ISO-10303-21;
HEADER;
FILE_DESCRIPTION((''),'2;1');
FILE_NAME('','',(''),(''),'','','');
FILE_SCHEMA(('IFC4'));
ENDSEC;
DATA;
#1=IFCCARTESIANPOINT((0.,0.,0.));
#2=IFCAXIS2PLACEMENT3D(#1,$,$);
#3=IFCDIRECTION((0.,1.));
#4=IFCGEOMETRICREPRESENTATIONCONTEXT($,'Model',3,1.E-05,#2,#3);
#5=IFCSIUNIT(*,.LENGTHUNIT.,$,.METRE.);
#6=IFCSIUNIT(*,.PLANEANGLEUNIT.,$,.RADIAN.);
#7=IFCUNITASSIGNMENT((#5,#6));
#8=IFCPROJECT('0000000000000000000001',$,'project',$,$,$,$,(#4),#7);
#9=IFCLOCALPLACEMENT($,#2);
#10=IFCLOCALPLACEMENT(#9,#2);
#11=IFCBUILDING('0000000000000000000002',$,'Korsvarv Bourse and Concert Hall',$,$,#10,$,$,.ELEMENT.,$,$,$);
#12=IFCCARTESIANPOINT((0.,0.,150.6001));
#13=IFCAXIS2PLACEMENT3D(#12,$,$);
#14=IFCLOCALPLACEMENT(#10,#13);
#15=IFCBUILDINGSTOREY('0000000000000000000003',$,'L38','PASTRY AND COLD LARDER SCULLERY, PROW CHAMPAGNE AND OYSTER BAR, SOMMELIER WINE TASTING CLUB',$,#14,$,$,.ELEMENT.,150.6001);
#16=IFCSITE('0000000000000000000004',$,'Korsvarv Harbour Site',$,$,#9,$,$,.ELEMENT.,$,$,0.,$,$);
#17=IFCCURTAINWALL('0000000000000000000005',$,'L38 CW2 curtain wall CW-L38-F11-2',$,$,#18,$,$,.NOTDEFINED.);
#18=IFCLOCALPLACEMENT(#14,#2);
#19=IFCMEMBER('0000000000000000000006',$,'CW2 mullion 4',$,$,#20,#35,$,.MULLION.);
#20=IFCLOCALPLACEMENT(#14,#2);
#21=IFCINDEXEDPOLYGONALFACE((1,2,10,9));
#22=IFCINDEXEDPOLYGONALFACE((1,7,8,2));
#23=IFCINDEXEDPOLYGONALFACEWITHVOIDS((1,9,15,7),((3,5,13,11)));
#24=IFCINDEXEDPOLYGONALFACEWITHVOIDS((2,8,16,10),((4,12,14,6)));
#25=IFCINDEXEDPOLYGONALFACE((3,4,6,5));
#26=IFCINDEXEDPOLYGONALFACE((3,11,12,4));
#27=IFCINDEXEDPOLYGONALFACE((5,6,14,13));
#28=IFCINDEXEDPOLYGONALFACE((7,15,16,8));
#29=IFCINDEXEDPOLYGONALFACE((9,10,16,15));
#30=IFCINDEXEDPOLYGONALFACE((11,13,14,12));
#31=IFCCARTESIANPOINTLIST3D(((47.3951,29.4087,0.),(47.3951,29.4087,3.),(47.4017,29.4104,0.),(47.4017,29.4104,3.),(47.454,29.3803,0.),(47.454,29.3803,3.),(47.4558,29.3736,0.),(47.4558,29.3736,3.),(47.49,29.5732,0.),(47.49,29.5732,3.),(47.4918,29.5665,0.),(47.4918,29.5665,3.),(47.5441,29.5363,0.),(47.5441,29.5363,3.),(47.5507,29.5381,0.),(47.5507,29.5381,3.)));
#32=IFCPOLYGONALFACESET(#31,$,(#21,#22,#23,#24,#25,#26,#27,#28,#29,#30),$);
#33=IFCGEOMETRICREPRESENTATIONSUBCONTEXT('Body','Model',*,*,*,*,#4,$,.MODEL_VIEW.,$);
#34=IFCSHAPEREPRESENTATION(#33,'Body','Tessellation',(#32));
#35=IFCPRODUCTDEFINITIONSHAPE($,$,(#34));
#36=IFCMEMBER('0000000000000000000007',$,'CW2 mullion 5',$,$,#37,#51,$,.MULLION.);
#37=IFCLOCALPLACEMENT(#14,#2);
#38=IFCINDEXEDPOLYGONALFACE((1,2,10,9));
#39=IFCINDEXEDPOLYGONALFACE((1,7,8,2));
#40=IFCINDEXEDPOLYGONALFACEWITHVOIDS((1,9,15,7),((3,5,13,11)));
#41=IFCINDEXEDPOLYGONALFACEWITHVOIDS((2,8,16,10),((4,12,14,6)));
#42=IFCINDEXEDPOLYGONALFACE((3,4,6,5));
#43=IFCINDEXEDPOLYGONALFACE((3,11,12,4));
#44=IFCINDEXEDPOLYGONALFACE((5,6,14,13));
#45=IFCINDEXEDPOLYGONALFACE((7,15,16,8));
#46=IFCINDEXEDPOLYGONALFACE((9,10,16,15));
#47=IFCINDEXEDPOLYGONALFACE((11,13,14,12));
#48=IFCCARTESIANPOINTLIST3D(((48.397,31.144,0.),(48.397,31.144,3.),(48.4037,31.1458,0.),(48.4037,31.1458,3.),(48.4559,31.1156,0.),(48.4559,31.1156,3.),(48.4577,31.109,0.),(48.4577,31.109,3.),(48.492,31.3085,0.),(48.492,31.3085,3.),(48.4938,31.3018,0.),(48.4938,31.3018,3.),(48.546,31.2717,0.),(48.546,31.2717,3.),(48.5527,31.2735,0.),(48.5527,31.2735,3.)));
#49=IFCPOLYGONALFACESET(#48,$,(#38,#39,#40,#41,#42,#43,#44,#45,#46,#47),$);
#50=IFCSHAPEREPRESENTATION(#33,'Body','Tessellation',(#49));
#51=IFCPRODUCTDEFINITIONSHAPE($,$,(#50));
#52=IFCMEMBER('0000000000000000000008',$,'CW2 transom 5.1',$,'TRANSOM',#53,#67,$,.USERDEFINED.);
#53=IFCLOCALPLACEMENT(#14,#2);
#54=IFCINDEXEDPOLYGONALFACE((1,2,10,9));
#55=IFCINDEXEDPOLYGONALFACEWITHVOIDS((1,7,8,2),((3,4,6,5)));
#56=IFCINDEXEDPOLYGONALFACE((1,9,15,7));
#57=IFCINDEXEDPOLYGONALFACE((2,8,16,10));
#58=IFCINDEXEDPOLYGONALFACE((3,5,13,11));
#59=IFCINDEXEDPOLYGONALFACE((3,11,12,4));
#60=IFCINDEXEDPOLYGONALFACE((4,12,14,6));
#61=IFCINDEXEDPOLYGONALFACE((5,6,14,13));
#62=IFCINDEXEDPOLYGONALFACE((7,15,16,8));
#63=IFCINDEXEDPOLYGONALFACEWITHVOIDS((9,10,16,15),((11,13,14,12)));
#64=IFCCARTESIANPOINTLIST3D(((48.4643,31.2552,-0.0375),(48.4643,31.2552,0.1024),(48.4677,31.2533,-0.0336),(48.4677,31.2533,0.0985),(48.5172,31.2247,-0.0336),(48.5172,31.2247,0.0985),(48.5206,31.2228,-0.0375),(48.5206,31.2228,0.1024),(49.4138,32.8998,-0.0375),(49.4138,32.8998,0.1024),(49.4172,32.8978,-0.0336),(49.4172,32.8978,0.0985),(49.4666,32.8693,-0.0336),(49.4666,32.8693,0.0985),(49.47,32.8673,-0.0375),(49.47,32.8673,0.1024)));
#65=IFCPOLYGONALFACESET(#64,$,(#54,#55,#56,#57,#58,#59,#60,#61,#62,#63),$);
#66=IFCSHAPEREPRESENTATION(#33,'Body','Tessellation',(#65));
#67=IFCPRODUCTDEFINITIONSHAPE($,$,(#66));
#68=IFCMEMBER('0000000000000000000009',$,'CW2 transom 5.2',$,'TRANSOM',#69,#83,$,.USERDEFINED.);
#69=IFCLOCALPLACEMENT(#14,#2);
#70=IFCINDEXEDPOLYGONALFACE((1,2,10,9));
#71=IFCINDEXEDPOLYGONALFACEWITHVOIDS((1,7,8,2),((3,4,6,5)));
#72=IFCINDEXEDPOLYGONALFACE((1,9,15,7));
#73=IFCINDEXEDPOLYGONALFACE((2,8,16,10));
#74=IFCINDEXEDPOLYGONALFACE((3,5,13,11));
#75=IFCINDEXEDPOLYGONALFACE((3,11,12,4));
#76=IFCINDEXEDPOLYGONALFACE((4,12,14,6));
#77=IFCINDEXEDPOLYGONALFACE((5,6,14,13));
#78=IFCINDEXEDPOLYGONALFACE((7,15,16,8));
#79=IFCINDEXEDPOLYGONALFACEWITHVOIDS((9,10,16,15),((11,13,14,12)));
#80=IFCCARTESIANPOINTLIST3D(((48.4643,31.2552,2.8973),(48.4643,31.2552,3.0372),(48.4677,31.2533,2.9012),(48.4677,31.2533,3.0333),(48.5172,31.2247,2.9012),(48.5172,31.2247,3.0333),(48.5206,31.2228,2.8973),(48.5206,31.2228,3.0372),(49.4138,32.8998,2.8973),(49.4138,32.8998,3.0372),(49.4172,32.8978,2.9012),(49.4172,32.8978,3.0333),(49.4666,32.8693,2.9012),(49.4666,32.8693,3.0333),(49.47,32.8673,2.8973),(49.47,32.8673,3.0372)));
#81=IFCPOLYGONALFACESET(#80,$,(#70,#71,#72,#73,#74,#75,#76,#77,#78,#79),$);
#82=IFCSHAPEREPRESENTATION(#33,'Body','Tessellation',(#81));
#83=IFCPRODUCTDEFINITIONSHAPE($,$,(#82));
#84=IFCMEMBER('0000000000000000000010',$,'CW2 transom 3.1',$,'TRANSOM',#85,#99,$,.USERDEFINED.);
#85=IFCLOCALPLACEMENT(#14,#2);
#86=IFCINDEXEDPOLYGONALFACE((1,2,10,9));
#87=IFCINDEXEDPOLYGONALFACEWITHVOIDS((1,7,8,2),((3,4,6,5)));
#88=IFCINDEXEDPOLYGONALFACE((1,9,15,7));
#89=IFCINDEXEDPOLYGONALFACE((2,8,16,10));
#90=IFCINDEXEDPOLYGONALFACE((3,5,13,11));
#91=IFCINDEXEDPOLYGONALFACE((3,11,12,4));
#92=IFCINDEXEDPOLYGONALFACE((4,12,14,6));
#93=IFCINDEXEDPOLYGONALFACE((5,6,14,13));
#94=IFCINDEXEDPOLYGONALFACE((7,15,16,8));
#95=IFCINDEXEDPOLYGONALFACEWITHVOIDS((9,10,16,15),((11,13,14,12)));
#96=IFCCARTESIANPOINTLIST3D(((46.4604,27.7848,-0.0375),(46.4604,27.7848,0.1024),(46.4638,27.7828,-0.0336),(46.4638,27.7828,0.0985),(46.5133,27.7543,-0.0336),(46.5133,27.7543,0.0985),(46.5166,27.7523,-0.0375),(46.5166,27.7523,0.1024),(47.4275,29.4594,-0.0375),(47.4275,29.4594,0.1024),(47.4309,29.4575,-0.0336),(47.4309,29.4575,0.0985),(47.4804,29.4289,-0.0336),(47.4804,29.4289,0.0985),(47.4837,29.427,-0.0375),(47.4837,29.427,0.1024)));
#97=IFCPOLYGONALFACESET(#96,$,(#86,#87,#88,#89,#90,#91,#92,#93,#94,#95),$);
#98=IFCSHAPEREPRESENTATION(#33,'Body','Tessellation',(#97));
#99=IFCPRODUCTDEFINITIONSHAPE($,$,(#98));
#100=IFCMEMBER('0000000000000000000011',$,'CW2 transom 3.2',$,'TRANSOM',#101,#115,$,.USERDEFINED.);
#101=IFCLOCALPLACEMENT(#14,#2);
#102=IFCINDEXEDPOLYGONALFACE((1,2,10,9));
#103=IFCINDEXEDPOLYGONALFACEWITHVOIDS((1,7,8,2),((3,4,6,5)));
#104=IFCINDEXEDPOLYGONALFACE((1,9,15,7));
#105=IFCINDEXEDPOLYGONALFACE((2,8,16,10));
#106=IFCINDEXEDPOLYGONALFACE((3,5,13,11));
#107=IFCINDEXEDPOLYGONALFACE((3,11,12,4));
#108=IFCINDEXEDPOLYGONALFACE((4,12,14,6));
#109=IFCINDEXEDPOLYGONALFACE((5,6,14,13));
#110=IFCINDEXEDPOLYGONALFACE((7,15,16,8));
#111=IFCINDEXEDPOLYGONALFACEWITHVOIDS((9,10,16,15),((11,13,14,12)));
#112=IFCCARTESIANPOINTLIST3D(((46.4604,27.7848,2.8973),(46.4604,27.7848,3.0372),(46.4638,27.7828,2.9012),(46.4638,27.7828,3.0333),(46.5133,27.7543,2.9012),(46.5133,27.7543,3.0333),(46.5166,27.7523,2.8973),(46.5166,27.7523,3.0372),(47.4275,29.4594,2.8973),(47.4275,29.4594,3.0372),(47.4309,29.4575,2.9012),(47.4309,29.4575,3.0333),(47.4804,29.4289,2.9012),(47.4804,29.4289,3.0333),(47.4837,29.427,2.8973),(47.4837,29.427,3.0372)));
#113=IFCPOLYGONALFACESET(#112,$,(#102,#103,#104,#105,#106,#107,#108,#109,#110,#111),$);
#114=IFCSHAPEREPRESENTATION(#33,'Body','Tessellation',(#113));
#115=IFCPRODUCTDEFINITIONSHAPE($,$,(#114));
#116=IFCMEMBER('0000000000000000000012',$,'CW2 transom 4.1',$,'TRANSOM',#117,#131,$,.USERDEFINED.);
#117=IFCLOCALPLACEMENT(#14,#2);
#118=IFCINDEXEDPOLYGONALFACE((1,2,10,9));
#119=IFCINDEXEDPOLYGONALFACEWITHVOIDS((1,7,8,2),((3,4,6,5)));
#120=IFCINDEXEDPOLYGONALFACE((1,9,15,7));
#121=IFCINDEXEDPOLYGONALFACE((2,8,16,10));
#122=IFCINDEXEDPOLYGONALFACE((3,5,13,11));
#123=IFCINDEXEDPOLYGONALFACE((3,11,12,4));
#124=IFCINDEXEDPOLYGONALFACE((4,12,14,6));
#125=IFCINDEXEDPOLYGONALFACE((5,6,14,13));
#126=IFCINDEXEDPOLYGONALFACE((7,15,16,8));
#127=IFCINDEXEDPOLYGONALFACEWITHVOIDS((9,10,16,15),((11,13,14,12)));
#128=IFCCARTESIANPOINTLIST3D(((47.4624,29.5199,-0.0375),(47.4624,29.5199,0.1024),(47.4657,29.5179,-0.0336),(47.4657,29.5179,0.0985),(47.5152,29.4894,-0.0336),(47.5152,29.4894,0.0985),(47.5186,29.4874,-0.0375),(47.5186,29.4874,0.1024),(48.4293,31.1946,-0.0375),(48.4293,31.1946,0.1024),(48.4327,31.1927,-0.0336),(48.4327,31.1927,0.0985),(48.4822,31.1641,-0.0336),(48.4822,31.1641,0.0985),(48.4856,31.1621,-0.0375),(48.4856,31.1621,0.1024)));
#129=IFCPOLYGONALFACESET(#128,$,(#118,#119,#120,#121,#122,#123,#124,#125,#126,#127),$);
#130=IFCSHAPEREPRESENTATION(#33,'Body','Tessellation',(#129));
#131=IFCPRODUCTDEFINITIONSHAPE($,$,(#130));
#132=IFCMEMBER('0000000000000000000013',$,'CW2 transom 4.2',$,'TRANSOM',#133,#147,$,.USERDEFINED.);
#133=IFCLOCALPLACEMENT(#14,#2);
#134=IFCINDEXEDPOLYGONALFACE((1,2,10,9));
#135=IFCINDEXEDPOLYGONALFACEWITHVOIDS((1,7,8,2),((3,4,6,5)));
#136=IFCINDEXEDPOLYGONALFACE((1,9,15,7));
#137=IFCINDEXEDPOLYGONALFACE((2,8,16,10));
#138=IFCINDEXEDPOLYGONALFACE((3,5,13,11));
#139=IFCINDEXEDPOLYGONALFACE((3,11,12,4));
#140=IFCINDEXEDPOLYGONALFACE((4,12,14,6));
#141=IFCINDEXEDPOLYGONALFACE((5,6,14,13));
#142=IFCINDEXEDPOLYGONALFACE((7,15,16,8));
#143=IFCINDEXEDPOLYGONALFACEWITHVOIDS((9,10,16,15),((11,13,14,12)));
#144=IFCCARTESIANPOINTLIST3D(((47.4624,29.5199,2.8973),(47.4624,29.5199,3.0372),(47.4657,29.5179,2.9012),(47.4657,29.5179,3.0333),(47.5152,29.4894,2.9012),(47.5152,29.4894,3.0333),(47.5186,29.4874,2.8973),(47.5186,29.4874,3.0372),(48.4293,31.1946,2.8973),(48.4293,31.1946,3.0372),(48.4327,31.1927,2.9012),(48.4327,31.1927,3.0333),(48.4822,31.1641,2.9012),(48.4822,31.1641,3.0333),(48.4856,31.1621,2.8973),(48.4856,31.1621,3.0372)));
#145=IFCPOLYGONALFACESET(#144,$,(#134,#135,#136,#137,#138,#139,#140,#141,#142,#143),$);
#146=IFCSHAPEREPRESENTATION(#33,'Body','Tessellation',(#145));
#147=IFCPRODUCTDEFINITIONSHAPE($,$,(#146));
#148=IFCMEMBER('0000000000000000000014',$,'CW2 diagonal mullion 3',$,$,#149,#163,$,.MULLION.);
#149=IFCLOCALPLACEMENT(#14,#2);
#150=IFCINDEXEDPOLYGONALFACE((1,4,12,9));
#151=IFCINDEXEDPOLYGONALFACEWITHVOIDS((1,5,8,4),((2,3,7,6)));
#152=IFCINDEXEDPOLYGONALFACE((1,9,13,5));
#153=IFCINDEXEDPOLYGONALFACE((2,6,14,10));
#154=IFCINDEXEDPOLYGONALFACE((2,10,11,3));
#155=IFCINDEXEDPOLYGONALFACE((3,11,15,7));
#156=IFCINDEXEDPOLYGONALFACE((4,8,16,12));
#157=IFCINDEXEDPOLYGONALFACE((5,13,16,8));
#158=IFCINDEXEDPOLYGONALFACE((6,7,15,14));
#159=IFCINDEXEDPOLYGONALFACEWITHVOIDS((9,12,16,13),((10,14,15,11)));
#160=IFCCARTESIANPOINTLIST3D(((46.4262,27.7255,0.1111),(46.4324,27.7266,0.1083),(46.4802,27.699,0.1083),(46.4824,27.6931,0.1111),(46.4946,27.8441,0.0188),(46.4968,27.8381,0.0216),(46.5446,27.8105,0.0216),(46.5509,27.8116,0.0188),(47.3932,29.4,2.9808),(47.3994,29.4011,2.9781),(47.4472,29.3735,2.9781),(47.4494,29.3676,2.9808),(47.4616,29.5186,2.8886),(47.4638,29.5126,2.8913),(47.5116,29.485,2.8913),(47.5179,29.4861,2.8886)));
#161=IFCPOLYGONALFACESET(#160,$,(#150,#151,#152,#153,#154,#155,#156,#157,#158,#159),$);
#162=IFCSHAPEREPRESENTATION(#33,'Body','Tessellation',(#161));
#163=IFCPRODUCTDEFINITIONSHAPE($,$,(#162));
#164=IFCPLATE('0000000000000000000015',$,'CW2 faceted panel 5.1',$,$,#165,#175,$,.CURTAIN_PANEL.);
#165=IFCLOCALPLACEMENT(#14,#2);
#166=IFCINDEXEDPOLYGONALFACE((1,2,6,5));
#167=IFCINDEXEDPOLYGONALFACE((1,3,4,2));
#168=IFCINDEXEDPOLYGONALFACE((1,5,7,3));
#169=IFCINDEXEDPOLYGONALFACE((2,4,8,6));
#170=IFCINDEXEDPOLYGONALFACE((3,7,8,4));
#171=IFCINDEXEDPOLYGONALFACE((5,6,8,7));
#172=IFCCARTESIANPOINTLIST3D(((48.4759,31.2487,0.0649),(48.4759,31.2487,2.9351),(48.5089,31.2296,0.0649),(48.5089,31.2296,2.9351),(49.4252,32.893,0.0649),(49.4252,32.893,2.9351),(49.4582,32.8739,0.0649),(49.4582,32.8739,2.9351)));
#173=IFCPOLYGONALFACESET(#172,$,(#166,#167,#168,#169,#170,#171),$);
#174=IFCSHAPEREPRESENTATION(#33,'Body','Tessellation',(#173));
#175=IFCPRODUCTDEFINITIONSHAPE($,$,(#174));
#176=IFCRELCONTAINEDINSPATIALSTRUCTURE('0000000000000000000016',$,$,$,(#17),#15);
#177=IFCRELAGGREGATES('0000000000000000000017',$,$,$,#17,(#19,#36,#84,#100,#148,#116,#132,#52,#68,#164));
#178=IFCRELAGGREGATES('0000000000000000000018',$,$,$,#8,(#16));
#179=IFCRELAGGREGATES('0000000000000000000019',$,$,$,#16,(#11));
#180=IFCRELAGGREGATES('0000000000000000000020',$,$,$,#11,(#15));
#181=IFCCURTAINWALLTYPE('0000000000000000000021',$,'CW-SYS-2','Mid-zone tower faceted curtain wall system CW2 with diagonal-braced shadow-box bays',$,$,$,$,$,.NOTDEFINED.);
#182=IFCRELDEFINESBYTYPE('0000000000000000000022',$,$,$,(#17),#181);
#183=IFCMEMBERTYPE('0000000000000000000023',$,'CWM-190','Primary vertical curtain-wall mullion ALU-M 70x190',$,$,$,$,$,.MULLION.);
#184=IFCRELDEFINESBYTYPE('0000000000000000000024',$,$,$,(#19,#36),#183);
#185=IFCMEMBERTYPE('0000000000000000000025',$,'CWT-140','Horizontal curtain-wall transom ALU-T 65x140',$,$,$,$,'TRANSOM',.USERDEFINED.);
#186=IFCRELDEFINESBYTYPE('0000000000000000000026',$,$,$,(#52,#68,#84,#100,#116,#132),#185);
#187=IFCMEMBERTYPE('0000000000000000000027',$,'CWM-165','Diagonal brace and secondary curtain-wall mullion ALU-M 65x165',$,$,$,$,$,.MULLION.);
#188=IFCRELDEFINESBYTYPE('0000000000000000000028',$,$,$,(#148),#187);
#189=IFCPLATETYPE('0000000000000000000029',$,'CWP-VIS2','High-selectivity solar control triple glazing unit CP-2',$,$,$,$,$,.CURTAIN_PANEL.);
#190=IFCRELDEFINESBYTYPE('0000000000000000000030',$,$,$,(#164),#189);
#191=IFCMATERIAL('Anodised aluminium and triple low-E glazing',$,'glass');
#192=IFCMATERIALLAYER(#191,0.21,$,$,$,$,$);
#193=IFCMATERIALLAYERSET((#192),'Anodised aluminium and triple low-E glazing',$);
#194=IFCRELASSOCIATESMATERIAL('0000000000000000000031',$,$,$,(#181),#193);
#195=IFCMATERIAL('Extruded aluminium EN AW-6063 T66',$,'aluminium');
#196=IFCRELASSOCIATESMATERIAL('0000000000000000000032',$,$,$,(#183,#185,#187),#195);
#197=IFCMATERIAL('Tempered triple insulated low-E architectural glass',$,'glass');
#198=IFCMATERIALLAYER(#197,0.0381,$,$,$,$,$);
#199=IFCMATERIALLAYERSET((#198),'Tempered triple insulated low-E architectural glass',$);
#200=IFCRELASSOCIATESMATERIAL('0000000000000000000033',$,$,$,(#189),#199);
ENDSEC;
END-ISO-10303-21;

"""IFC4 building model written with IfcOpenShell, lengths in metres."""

from ifc_helpers import new_model, si_unit, direction, frame, origin, origin_2d, place, context, subcontext, project, spatial, rectangle, hollow_rectangle, extrude, source, transform, mapped, material, layer, layer_set, material_profile, profile_set, type_object, element, aggregate, save


model = new_model("IFC4")

# Units and contexts
model_context = context("Model", 3, precision=1e-05, world=origin(), true_north=direction((0.0, 1.0)))
body_context = subcontext(model_context, "Body", "Model", "MODEL_VIEW")
ifc_project = project(units=[si_unit("LENGTHUNIT", "METRE"), si_unit("PLANEANGLEUNIT", "RADIAN")], contexts=[model_context])

# Site, building, storey
site_placement = place(None, origin())
site = spatial("IfcSite", under=ifc_project, at=site_placement, Name="Korsvarv Harbour Site", CompositionType="ELEMENT", RefElevation=0.0)
building_placement = place(site_placement, origin())
building = spatial("IfcBuilding", under=site, at=building_placement, Name="Korsvarv Bourse and Concert Hall", CompositionType="ELEMENT")
storey_placement = place(building_placement, frame((0.0, 0.0, 150.6001)))
storey = spatial("IfcBuildingStorey", under=building, at=storey_placement, Name="L38", Description="PASTRY AND COLD LARDER SCULLERY, PROW CHAMPAGNE AND OYSTER BAR, SOMMELIER WINE TASTING CLUB", CompositionType="ELEMENT", Elevation=150.6001)

# Curtain wall, members, plate
ifc_material_1 = material(Name="Anodised aluminium and triple low-E glazing", Category="glass")
ifc_layer_1 = layer(ifc_material_1, 0.21)
ifc_layer_set_1 = layer_set([ifc_layer_1], Name="Anodised aluminium and triple low-E glazing")
curtain_wall_type = type_object("IfcCurtainWallType", Name="CW-SYS-2", Description="Mid-zone tower faceted curtain wall system CW2 with diagonal-braced shadow-box bays", PredefinedType="NOTDEFINED", material=ifc_layer_set_1)
curtain_wall_placement = place(storey_placement, origin())
curtain_wall = element("IfcCurtainWall", 1, at=curtain_wall_placement, inside=storey, type_object=curtain_wall_type, Name="L38 CW2 curtain wall CW-L38-F11-2", PredefinedType="NOTDEFINED")
ifc_material_2 = material(Name="Extruded aluminium EN AW-6063 T66", Category="aluminium")
ifc_material_profile_1 = material_profile(ifc_material_2, hollow_rectangle(XDim=0.0701, YDim=0.1899, WallThickness=0.0049, at=origin_2d()), Name="ALU-M 70x190")
ifc_profile_set_1 = profile_set([ifc_material_profile_1], Name="Extruded aluminium EN AW-6063 T66")
member_type_1 = type_object("IfcMemberType", Name="CWM-190", Description="Primary vertical curtain-wall mullion ALU-M 70x190", PredefinedType="MULLION", material=ifc_profile_set_1)
shared_shape_1 = source(origin(), body_context, "Body", "SweptSolid", [
    extrude(hollow_rectangle(XDim=0.0701, YDim=0.1899, WallThickness=0.0049, at=origin_2d()), origin(), (0.0, 0.0, 1.0), 3.0),
])
member_1_placement = place(storey_placement, frame((47.4729, 29.4734, 0.0), z_axis=(0.0, 0.0, 1.0), x_axis=(-0.866023, 0.500005, 0.0)))
member_1 = element("IfcMember", 2, at=member_1_placement, type_object=member_type_1, Name="CW2 mullion 4", PredefinedType="MULLION", context=body_context, shape_type="MappedRepresentation", body=[
    mapped(shared_shape_1, transform((0.0, 0.0, 0.0), scale=1.0)),
])
member_2_placement = place(storey_placement, frame((48.4749, 31.2087, 0.0), z_axis=(0.0, 0.0, 1.0), x_axis=(-0.866023, 0.500005, 0.0)))
member_2 = element("IfcMember", 3, at=member_2_placement, type_object=member_type_1, Name="CW2 mullion 5", PredefinedType="MULLION", context=body_context, shape_type="MappedRepresentation", body=[
    mapped(shared_shape_1, transform((0.0, 0.0, 0.0), scale=1.0)),
])
ifc_material_profile_2 = material_profile(ifc_material_2, hollow_rectangle(XDim=0.0649, YDim=0.1399, WallThickness=0.0039, at=origin_2d()), Name="ALU-T 65x140")
ifc_profile_set_2 = profile_set([ifc_material_profile_2], Name="Extruded aluminium EN AW-6063 T66")
member_type_2 = type_object("IfcMemberType", Name="CWT-140", Description="Horizontal curtain-wall transom ALU-T 65x140", ElementType="TRANSOM", PredefinedType="USERDEFINED", material=ifc_profile_set_2)
shared_shape_2 = source(origin(), body_context, "Body", "SweptSolid", [
    extrude(hollow_rectangle(XDim=0.0649, YDim=0.1399, WallThickness=0.0039, at=origin_2d()), origin(), (0.0, 0.0, 1.0), 1.8989),
])
member_3_placement = place(storey_placement, frame((48.4924, 31.239, 0.0325), z_axis=(0.499997, 0.866027, 0.0), x_axis=(-0.866027, 0.499997, 0.0)))
member_3 = element("IfcMember", 4, at=member_3_placement, type_object=member_type_2, Name="CW2 transom 5.1", ObjectType="TRANSOM", PredefinedType="USERDEFINED", context=body_context, shape_type="MappedRepresentation", body=[
    mapped(shared_shape_2, transform((0.0, 0.0, 0.0), scale=1.0)),
])
member_4_placement = place(storey_placement, frame((48.4924, 31.239, 2.9673), z_axis=(0.499997, 0.866027, 0.0), x_axis=(-0.866027, 0.499997, 0.0)))
member_4 = element("IfcMember", 5, at=member_4_placement, type_object=member_type_2, Name="CW2 transom 5.2", ObjectType="TRANSOM", PredefinedType="USERDEFINED", context=body_context, shape_type="MappedRepresentation", body=[
    mapped(shared_shape_2, transform((0.0, 0.0, 0.0), scale=1.0)),
])
shared_shape_3 = source(origin(), body_context, "Body", "SweptSolid", [
    extrude(hollow_rectangle(XDim=0.0649, YDim=0.1399, WallThickness=0.0039, at=origin_2d()), origin(), (0.0, 0.0, 1.0), 1.9338),
])
member_5_placement = place(storey_placement, frame((46.4885, 27.7686, 0.0325), z_axis=(0.50009, 0.865973, 0.0), x_axis=(-0.865973, 0.50009, 0.0)))
member_5 = element("IfcMember", 6, at=member_5_placement, type_object=member_type_2, Name="CW2 transom 3.1", ObjectType="TRANSOM", PredefinedType="USERDEFINED", context=body_context, shape_type="MappedRepresentation", body=[
    mapped(shared_shape_3, transform((0.0, 0.0, 0.0), scale=1.0)),
])
member_6_placement = place(storey_placement, frame((46.4885, 27.7686, 2.9673), z_axis=(0.50009, 0.865973, 0.0), x_axis=(-0.865973, 0.50009, 0.0)))
member_6 = element("IfcMember", 7, at=member_6_placement, type_object=member_type_2, Name="CW2 transom 3.2", ObjectType="TRANSOM", PredefinedType="USERDEFINED", context=body_context, shape_type="MappedRepresentation", body=[
    mapped(shared_shape_3, transform((0.0, 0.0, 0.0), scale=1.0)),
])
member_7_placement = place(storey_placement, frame((47.4905, 29.5037, 0.0325), z_axis=(0.500036, 0.866005, 0.0), x_axis=(-0.866005, 0.500036, 0.0)))
member_7 = element("IfcMember", 8, at=member_7_placement, type_object=member_type_2, Name="CW2 transom 4.1", ObjectType="TRANSOM", PredefinedType="USERDEFINED", context=body_context, shape_type="MappedRepresentation", body=[
    mapped(shared_shape_3, transform((0.0, 0.0, 0.0), scale=1.0)),
])
member_8_placement = place(storey_placement, frame((47.4905, 29.5037, 2.9673), z_axis=(0.500036, 0.866005, 0.0), x_axis=(-0.866005, 0.500036, 0.0)))
member_8 = element("IfcMember", 9, at=member_8_placement, type_object=member_type_2, Name="CW2 transom 4.2", ObjectType="TRANSOM", PredefinedType="USERDEFINED", context=body_context, shape_type="MappedRepresentation", body=[
    mapped(shared_shape_3, transform((0.0, 0.0, 0.0), scale=1.0)),
])
ifc_material_profile_3 = material_profile(ifc_material_2, hollow_rectangle(XDim=0.0649, YDim=0.165, WallThickness=0.0049, at=origin_2d()), Name="ALU-M 65x165")
ifc_profile_set_3 = profile_set([ifc_material_profile_3], Name="Extruded aluminium EN AW-6063 T66")
member_type_3 = type_object("IfcMemberType", Name="CWM-165", Description="Diagonal brace and secondary curtain-wall mullion ALU-M 65x165", PredefinedType="MULLION", material=ifc_profile_set_3)
shared_shape_4 = source(origin(), body_context, "Body", "SweptSolid", [
    extrude(hollow_rectangle(XDim=0.0649, YDim=0.165, WallThickness=0.0049, at=origin_2d()), origin(), (0.0, 0.0, 1.0), 3.4604),
])
member_9_placement = place(storey_placement, frame((46.4885, 27.7686, 0.0649), z_axis=(0.279446, 0.483898, 0.829308), x_axis=(-0.865973, 0.50009, 0.0)))
member_9 = element("IfcMember", 10, at=member_9_placement, type_object=member_type_3, Name="CW2 diagonal mullion 3", PredefinedType="MULLION", context=body_context, shape_type="MappedRepresentation", body=[
    mapped(shared_shape_4, transform((0.0, 0.0, 0.0), scale=1.0)),
])
ifc_material_3 = material(Name="Tempered triple insulated low-E architectural glass", Category="glass")
ifc_layer_2 = layer(ifc_material_3, 0.0381)
ifc_layer_set_2 = layer_set([ifc_layer_2], Name="Tempered triple insulated low-E architectural glass")
plate_type_1 = type_object("IfcPlateType", Name="CWP-VIS2", Description="High-selectivity solar control triple glazing unit CP-2", PredefinedType="CURTAIN_PANEL", material=ifc_layer_set_2)
shared_shape_5 = source(origin(), body_context, "Body", "SweptSolid", [
    extrude(rectangle(XDim=1.8987, YDim=0.0381, at=origin_2d()), origin(), (0.0, 0.0, 1.0), 2.8701),
])
plate_1_placement = place(storey_placement, frame((48.967, 32.0613, 0.0649), z_axis=(0.0, 0.0, 1.0), x_axis=(0.500005, 0.866023, 0.0)))
plate_1 = element("IfcPlate", 11, at=plate_1_placement, type_object=plate_type_1, Name="CW2 faceted panel 5.1", PredefinedType="CURTAIN_PANEL", context=body_context, shape_type="MappedRepresentation", body=[
    mapped(shared_shape_5, transform((0.0, 0.0, 0.0), scale=1.0)),
])
aggregate(curtain_wall, [member_1, member_2, member_5, member_6, member_9, member_7, member_8, member_3, member_4, plate_1])

save(model, "model.ifc")
